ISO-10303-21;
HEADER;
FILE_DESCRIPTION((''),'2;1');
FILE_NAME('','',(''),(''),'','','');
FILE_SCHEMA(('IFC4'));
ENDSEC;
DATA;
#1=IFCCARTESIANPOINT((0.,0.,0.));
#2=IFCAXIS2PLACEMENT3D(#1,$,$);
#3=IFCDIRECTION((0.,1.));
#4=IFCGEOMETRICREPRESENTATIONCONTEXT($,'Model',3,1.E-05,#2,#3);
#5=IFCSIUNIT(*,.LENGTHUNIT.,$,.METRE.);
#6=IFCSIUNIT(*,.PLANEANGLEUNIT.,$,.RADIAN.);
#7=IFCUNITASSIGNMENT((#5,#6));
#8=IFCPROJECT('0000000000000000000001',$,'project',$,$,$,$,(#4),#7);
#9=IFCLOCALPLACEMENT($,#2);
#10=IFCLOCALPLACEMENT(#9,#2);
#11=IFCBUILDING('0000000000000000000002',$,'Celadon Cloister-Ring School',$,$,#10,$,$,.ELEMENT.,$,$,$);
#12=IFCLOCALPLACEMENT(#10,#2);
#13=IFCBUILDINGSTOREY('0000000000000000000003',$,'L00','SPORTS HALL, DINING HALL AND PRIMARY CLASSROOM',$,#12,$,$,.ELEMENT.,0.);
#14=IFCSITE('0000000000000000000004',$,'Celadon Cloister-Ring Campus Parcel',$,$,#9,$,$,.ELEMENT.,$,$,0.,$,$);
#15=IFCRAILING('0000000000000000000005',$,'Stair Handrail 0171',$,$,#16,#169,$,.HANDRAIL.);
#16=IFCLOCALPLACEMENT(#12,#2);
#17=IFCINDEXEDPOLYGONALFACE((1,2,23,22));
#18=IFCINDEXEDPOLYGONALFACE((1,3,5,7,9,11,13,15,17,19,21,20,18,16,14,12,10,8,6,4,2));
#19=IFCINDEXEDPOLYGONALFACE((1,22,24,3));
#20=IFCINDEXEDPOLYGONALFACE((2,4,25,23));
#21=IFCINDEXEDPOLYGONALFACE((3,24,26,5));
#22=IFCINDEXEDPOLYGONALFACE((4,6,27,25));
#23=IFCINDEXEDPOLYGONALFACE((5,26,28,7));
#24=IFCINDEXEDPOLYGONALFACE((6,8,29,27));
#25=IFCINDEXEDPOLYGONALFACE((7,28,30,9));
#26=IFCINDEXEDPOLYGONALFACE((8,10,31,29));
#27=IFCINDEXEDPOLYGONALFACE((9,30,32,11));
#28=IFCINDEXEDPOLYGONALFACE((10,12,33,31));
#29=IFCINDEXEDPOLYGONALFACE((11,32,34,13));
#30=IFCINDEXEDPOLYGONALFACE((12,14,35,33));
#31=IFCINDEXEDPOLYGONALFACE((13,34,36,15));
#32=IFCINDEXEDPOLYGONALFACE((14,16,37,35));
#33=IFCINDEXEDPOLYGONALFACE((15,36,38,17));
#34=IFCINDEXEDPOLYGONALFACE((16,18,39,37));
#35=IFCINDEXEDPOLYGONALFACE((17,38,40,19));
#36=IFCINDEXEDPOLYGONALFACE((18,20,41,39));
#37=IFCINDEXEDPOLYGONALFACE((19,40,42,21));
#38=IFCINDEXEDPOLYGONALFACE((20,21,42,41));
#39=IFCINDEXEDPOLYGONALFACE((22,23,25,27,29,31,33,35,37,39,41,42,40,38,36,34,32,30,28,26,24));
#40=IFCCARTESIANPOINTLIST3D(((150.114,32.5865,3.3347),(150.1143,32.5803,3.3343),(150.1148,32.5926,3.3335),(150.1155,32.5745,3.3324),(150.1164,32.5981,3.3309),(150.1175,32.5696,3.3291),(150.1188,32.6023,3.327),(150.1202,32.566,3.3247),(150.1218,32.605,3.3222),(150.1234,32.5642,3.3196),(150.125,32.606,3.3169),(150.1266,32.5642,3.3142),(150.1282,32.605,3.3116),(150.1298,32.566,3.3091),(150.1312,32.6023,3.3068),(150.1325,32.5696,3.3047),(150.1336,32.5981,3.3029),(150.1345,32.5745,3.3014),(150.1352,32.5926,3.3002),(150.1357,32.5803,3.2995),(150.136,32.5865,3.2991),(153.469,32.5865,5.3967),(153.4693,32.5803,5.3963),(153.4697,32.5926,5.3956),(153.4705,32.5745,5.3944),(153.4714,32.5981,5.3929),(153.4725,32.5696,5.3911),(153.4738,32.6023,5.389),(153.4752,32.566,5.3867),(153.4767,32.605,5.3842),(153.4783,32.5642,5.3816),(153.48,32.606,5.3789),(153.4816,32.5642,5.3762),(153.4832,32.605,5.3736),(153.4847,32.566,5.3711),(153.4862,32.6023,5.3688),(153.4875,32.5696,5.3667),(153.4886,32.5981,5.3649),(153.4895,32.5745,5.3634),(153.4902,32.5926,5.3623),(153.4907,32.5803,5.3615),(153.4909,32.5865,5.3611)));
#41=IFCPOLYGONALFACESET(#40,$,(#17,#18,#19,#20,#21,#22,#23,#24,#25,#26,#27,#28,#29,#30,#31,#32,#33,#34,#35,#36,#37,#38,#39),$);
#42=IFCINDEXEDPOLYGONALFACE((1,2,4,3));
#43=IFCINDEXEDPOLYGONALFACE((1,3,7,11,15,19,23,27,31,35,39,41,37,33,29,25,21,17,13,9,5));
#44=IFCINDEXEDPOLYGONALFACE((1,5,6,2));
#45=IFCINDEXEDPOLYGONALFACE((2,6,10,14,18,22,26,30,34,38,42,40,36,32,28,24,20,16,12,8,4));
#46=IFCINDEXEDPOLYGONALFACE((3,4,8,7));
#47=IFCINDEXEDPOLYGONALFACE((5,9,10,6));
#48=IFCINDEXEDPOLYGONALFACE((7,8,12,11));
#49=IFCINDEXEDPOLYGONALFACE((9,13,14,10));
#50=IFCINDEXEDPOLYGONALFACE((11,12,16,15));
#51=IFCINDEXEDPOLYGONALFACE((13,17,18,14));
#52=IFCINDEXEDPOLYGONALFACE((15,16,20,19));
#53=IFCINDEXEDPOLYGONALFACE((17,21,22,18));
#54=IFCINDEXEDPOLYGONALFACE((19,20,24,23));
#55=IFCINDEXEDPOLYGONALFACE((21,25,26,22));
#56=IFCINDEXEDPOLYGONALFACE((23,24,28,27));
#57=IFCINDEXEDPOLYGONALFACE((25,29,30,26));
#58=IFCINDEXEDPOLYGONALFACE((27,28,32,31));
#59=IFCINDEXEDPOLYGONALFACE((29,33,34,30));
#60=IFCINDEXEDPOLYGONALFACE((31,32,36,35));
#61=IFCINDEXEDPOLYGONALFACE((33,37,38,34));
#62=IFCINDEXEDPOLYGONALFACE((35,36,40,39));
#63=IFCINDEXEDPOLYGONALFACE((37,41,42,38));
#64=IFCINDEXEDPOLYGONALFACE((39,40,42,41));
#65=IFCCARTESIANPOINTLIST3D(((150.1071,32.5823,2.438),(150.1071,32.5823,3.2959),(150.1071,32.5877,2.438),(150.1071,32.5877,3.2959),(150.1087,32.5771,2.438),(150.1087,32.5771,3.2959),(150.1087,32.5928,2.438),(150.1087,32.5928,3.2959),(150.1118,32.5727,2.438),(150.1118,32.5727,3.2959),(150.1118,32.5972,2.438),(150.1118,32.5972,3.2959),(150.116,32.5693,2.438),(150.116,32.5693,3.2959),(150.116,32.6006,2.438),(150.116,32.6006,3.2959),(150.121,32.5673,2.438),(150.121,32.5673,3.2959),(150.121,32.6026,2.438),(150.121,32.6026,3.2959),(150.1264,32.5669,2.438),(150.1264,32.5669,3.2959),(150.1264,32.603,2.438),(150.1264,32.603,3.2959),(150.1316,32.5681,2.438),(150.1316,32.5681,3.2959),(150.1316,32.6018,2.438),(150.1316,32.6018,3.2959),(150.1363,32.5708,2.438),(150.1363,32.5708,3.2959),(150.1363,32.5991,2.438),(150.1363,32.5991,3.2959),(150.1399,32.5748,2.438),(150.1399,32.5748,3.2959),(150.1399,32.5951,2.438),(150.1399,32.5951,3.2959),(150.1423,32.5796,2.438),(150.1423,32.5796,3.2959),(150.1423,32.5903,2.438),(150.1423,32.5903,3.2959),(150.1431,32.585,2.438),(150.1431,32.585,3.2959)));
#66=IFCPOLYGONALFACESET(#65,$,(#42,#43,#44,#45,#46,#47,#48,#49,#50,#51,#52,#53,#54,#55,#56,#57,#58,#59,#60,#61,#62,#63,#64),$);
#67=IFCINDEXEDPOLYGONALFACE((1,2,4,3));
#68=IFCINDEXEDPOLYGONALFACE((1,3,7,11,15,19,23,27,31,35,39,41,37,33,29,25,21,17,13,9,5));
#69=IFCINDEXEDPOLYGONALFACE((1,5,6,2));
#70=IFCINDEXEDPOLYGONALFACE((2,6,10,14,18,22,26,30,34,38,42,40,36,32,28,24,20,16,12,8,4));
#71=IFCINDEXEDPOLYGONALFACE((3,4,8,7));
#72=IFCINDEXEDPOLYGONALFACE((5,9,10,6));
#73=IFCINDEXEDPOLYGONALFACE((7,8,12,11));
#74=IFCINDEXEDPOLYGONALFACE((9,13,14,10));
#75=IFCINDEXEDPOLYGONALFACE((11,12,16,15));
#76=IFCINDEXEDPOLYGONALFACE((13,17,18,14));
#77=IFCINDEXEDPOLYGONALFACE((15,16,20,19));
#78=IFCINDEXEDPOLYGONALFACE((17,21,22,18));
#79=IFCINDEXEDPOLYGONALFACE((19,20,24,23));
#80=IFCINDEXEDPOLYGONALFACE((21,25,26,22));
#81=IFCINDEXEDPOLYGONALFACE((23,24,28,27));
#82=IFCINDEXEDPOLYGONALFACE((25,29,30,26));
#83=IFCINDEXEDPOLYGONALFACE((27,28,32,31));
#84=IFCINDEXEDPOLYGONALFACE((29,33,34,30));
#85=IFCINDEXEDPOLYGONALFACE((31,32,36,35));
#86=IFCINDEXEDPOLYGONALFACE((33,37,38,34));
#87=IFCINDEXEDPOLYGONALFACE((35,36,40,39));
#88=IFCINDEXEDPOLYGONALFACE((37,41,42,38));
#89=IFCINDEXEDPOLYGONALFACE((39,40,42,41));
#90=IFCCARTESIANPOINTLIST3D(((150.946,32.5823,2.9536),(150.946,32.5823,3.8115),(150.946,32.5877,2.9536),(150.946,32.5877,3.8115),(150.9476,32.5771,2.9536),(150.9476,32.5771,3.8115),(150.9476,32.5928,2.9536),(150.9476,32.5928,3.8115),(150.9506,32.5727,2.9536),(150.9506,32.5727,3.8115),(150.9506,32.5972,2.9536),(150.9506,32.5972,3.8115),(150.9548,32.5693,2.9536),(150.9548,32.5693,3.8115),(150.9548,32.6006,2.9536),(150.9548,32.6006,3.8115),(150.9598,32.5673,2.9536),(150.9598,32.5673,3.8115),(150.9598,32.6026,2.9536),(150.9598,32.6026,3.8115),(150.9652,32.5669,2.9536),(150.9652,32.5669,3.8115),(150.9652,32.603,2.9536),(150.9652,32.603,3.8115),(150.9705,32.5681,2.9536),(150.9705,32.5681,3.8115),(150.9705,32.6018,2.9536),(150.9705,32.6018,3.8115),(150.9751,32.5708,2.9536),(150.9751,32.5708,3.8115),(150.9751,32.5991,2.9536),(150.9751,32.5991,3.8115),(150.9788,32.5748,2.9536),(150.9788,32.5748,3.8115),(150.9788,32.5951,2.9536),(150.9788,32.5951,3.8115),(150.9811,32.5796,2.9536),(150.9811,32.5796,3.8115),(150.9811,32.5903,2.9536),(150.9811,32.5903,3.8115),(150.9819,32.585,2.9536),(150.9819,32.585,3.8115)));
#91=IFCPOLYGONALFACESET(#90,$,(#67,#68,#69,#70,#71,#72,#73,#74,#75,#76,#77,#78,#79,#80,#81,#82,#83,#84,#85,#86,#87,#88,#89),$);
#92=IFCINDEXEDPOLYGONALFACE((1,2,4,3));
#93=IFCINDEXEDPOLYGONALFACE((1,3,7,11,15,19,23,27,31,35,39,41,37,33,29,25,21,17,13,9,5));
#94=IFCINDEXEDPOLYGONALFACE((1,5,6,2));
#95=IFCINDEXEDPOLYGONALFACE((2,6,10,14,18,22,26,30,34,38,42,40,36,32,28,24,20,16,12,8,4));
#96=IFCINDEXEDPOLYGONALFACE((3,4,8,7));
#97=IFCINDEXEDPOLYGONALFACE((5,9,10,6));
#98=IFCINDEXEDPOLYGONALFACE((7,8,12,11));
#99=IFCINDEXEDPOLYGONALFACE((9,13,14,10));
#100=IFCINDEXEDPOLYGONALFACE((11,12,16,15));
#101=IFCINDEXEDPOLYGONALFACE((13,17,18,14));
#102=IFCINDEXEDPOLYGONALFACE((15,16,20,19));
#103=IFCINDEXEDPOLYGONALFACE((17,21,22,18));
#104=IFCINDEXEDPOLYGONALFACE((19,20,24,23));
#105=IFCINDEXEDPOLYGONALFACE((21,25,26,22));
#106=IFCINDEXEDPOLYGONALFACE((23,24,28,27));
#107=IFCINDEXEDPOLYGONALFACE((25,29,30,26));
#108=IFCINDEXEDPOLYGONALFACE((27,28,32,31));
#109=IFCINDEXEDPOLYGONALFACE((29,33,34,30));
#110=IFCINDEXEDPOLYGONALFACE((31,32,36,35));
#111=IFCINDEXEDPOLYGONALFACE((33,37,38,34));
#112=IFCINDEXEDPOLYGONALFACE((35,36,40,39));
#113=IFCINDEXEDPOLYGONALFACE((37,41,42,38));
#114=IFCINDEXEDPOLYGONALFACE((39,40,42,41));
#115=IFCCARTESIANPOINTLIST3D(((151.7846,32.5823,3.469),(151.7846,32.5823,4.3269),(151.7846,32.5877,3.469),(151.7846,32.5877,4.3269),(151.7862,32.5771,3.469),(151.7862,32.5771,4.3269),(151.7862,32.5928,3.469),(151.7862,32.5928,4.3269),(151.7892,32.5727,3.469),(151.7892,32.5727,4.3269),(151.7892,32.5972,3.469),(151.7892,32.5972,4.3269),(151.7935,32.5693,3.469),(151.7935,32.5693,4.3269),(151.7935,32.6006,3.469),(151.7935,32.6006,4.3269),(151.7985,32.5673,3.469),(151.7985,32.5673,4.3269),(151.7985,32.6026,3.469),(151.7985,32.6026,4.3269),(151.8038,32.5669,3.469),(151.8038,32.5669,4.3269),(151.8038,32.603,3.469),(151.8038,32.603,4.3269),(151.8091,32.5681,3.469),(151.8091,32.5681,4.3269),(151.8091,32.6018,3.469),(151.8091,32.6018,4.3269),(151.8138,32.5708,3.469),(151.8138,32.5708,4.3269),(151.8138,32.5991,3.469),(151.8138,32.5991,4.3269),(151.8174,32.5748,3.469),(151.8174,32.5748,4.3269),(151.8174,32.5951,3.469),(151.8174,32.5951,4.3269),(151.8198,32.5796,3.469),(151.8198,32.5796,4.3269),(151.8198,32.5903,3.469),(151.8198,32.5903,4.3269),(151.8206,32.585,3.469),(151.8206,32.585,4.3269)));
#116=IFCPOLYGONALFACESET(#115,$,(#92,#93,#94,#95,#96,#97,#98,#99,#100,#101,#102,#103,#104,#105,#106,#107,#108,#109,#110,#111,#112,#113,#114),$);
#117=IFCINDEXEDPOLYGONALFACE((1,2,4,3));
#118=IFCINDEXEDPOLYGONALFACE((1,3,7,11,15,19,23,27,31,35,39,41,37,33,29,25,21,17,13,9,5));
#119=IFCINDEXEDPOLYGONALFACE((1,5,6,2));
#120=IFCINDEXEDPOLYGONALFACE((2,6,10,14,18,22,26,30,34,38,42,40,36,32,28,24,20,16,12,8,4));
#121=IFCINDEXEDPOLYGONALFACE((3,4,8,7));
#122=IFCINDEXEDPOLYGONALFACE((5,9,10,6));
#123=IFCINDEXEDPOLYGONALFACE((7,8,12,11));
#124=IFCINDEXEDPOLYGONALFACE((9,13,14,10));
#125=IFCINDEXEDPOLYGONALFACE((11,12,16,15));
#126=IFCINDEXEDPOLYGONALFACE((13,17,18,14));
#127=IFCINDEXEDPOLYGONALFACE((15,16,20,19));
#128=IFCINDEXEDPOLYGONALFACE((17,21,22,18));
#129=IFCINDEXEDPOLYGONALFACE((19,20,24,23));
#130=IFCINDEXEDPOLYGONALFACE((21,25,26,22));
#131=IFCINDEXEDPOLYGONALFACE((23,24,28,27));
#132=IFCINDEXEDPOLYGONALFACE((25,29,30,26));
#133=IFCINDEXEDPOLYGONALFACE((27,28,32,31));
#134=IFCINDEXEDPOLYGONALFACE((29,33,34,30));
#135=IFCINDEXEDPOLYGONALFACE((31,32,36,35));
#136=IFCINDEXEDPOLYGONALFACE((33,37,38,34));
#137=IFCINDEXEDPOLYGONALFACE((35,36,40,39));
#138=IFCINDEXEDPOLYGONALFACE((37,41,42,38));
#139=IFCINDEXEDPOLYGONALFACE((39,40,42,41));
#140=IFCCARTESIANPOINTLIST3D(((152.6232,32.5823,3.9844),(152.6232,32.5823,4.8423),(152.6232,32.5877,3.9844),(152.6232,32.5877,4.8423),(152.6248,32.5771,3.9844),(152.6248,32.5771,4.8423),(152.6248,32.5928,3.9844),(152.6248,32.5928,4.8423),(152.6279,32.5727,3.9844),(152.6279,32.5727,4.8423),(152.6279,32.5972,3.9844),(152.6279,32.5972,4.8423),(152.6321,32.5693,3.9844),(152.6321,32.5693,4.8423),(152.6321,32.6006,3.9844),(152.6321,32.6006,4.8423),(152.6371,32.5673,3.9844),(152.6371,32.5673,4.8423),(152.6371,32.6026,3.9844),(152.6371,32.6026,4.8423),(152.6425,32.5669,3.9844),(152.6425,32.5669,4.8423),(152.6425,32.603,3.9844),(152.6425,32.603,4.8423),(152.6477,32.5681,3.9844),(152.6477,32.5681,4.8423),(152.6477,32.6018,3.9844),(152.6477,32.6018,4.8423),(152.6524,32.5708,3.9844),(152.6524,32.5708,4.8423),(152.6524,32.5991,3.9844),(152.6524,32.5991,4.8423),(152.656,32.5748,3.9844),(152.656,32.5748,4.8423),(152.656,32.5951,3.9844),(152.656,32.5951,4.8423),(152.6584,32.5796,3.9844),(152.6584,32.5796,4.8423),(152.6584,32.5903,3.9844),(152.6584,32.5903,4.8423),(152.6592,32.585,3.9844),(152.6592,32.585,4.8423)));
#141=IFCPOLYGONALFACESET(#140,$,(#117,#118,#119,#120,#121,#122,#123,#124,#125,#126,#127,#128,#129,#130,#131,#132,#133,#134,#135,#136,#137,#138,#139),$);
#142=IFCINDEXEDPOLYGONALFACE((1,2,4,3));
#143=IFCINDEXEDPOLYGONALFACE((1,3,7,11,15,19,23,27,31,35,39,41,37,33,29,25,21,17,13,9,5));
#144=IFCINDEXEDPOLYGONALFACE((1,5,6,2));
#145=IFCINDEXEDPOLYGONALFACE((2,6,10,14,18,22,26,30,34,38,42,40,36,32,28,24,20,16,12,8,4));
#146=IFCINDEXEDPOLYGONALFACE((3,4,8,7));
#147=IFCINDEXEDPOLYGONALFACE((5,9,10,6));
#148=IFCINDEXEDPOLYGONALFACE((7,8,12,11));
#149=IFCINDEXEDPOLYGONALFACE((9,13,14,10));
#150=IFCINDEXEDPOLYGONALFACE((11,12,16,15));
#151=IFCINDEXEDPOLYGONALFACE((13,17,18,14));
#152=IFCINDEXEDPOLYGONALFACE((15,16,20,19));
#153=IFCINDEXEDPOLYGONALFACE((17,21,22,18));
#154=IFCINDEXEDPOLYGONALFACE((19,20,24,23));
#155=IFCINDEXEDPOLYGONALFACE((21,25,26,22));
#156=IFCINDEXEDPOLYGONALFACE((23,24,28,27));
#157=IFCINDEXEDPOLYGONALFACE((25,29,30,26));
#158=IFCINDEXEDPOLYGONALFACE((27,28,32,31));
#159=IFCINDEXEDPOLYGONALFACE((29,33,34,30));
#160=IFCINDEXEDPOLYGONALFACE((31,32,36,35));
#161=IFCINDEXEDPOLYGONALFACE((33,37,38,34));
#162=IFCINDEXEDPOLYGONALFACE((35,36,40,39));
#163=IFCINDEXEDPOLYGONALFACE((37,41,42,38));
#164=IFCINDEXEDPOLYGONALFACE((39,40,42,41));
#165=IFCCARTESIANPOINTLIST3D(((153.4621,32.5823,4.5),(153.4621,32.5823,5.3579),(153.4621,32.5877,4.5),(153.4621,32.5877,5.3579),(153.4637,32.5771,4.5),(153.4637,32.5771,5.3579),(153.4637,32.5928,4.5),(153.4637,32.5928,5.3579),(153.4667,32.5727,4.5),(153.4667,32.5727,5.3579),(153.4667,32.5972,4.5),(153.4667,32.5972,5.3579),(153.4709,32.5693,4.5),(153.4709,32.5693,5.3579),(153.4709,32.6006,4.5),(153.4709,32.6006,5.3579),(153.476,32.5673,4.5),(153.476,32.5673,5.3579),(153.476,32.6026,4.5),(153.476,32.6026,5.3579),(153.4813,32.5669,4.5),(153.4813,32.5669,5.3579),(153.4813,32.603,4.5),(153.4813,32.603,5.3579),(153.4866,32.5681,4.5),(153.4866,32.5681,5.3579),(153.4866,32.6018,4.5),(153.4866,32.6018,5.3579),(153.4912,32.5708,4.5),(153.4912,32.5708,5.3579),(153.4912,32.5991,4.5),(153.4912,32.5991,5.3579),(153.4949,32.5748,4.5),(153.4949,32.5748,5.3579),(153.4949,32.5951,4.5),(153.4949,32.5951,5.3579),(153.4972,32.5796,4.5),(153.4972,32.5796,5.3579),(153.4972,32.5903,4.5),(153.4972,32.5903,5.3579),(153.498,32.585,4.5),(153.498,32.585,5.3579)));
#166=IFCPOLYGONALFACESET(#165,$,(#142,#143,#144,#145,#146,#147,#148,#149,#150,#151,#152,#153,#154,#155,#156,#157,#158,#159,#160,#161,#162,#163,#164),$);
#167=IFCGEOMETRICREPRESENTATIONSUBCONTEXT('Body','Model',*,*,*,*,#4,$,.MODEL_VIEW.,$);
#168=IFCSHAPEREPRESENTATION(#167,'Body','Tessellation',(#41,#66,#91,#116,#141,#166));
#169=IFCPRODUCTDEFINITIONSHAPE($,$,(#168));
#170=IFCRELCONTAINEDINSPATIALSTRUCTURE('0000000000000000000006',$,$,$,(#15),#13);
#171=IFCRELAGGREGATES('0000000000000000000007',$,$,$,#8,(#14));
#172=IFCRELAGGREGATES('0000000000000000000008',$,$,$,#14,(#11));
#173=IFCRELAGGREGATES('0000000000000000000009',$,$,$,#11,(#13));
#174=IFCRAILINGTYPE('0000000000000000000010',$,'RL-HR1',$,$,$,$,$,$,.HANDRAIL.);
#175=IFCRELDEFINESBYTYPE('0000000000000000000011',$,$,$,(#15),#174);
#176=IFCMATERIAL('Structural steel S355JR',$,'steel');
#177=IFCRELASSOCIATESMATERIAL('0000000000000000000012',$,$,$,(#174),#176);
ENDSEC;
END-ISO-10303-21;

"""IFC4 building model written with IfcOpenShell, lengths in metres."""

from ifc_helpers import new_model, si_unit, direction, frame, origin, origin_2d, place, context, subcontext, project, spatial, circle, extrude, material, type_object, element, save


model = new_model("IFC4")

# Units and contexts
model_context = context("Model", 3, precision=1e-05, world=origin(), true_north=direction((0.0, 1.0)))
body_context = subcontext(model_context, "Body", "Model", "MODEL_VIEW")
ifc_project = project(units=[si_unit("LENGTHUNIT", "METRE"), si_unit("PLANEANGLEUNIT", "RADIAN")], contexts=[model_context])

# Site, building, storey
site_placement = place(None, origin())
site = spatial("IfcSite", under=ifc_project, at=site_placement, Name="Celadon Cloister-Ring Campus Parcel", CompositionType="ELEMENT", RefElevation=0.0)
building_placement = place(site_placement, origin())
building = spatial("IfcBuilding", under=site, at=building_placement, Name="Celadon Cloister-Ring School", CompositionType="ELEMENT")
storey_placement = place(building_placement, origin())
storey = spatial("IfcBuildingStorey", under=building, at=storey_placement, Name="L00", Description="SPORTS HALL, DINING HALL AND PRIMARY CLASSROOM", CompositionType="ELEMENT", Elevation=0.0)

# Railing
ifc_material_1 = material(Name="Structural steel S355JR", Category="steel")
railing_type_1 = type_object("IfcRailingType", Name="RL-HR1", PredefinedType="HANDRAIL", material=ifc_material_1)
for number, where, name in (
    (1, (150.125, 32.585, 2.438), "Stair Handrail 0171"),
):
    element("IfcRailing", number, at=place(storey_placement, frame(where)), inside=storey, type_object=railing_type_1, Name=name, PredefinedType="HANDRAIL", context=body_context, shape_type="SweptSolid", body=[
        extrude(circle(Radius=0.021, at=origin_2d()), frame((0.0, 0.0, 0.8789), z_axis=(0.851952, 0.0, 0.52362), x_axis=(0.0, 1.0, 0.0)), (0.0, 0.0, 1.0), 3.938),
        extrude(circle(Radius=0.0181, at=origin_2d()), origin(), (0.0, 0.0, 1.0), 0.8579),
        extrude(circle(Radius=0.0181, at=origin_2d()), frame((0.8389, 0.0, 0.5156)), (0.0, 0.0, 1.0), 0.8579),
        extrude(circle(Radius=0.0181, at=origin_2d()), frame((1.6775, 0.0, 1.031)), (0.0, 0.0, 1.0), 0.8579),
        extrude(circle(Radius=0.0181, at=origin_2d()), frame((2.5161, 0.0, 1.5464)), (0.0, 0.0, 1.0), 0.8579),
        extrude(circle(Radius=0.0181, at=origin_2d()), frame((3.355, 0.0, 2.062)), (0.0, 0.0, 1.0), 0.8579),
    ])

save(model, "model.ifc")
